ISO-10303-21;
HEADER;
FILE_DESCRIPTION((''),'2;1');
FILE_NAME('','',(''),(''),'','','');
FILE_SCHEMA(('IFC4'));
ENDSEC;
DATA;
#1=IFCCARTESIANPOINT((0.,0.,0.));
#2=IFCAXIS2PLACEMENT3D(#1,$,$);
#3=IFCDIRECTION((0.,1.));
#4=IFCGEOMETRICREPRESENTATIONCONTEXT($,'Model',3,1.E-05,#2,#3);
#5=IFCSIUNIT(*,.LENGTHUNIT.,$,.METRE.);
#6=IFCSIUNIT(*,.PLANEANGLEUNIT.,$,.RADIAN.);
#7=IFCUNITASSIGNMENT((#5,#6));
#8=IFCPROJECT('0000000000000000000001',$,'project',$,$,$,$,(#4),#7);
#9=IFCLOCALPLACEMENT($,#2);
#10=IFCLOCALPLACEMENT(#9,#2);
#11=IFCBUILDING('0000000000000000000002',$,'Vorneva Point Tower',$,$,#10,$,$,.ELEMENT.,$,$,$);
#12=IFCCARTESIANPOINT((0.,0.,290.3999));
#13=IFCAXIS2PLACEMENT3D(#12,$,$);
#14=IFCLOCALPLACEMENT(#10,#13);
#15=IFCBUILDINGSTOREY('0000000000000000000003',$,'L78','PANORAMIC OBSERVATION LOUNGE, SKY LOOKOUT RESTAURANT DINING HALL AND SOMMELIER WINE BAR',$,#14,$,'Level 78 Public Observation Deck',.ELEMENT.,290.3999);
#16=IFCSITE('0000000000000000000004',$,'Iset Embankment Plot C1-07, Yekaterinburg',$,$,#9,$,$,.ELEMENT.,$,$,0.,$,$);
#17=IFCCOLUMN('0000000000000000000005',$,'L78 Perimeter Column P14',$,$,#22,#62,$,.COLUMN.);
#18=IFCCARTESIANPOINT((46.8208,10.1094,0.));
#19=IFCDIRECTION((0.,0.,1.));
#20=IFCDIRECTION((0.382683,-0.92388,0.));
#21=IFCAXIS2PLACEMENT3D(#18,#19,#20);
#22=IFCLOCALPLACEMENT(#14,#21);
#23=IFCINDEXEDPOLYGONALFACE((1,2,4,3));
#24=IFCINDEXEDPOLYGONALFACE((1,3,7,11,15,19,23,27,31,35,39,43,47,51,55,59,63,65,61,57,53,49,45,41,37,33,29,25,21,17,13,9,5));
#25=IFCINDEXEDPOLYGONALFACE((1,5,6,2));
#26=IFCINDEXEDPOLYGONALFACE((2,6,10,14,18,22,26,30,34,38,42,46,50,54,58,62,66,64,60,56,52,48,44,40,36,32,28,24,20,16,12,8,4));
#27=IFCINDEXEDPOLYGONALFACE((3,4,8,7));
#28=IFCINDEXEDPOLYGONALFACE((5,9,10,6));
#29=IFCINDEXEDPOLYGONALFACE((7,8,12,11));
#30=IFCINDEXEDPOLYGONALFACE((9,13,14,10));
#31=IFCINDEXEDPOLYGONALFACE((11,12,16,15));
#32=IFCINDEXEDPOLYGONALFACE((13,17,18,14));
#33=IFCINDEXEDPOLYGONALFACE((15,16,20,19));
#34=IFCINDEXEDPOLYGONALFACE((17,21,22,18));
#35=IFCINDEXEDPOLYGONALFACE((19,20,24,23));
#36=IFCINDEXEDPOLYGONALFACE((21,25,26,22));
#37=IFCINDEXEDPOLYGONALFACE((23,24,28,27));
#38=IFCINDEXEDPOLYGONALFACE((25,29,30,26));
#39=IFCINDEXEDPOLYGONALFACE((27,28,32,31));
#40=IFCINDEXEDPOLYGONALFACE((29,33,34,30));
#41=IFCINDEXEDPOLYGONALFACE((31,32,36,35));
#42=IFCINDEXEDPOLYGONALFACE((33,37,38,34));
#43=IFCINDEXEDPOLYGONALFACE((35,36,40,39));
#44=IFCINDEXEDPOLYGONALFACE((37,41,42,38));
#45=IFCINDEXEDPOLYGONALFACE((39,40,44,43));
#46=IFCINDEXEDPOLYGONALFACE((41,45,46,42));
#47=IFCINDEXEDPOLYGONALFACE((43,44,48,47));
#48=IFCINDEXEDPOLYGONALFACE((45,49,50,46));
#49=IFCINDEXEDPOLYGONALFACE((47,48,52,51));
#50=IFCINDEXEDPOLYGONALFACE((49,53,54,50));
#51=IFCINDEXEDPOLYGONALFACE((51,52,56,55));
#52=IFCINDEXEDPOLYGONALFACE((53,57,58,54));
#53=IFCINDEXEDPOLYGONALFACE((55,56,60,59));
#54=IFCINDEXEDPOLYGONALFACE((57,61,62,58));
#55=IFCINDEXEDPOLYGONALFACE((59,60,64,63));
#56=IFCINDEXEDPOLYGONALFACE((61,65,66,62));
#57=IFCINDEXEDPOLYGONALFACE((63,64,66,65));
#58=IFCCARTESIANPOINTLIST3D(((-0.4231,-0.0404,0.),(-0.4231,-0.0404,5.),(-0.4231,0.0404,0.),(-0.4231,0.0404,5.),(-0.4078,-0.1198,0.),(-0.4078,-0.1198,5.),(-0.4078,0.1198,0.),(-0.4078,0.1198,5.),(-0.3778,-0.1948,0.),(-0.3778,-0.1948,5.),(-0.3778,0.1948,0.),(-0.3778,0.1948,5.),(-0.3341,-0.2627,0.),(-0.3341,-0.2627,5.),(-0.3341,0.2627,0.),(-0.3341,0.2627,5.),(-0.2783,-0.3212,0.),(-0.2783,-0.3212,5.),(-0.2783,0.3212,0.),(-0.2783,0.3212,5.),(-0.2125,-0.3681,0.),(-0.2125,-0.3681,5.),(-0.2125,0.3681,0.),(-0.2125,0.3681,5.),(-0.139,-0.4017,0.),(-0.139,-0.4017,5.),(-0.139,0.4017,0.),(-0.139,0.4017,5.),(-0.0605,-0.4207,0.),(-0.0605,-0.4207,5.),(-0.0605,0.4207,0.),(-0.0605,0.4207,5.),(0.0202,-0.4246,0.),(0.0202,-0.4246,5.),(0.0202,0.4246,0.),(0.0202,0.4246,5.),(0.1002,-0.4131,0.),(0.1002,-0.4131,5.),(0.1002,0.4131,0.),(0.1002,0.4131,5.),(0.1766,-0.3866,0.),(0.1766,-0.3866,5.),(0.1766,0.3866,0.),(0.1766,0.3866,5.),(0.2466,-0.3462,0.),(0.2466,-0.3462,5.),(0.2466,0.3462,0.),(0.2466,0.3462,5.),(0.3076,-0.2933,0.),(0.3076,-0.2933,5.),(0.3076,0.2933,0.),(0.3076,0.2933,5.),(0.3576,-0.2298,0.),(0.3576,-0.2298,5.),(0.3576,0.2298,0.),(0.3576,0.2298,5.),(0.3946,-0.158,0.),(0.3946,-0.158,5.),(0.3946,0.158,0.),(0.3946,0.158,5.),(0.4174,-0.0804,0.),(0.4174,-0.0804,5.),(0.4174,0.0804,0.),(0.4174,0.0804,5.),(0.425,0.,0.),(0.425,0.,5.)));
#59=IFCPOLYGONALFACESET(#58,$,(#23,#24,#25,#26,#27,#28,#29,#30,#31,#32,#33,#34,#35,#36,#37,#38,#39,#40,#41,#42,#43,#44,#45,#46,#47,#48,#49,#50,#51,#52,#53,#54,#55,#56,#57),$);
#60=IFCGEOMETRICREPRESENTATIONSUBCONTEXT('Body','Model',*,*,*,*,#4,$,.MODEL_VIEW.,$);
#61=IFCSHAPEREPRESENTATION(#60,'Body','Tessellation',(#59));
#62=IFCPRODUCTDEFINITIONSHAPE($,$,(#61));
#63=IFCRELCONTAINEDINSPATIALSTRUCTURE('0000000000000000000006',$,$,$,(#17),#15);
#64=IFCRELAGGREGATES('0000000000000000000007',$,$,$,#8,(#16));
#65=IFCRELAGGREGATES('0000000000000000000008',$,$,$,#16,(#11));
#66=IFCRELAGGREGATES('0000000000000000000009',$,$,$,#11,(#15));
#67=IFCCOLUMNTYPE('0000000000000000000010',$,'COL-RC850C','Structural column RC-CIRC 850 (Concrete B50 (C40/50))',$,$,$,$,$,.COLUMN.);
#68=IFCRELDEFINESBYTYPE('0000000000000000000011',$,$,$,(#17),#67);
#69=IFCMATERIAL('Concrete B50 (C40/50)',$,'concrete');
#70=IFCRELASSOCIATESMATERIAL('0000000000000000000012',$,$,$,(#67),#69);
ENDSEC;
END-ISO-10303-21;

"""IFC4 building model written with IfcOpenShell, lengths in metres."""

from ifc_helpers import new_model, si_unit, direction, frame, origin, origin_2d, place, context, subcontext, project, spatial, circle, extrude, material, material_profile, profile_set, type_object, element, save


model = new_model("IFC4")

# Units and contexts
model_context = context("Model", 3, precision=1e-05, world=origin(), true_north=direction((0.0, 1.0)))
body_context = subcontext(model_context, "Body", "Model", "MODEL_VIEW")
ifc_project = project(units=[si_unit("LENGTHUNIT", "METRE"), si_unit("PLANEANGLEUNIT", "RADIAN")], contexts=[model_context])

# Site, building, storey
site_placement = place(None, origin())
site = spatial("IfcSite", under=ifc_project, at=site_placement, Name="Iset Embankment Plot C1-07, Yekaterinburg", CompositionType="ELEMENT", RefElevation=0.0)
building_placement = place(site_placement, origin())
building = spatial("IfcBuilding", under=site, at=building_placement, Name="Vorneva Point Tower", CompositionType="ELEMENT")
storey_placement = place(building_placement, frame((0.0, 0.0, 290.3999)))
storey = spatial("IfcBuildingStorey", under=building, at=storey_placement, Name="L78", Description="PANORAMIC OBSERVATION LOUNGE, SKY LOOKOUT RESTAURANT DINING HALL AND SOMMELIER WINE BAR", LongName="Level 78 Public Observation Deck", CompositionType="ELEMENT", Elevation=290.3999)

# Column
ifc_material_1 = material(Name="Concrete B50 (C40/50)", Category="concrete")
ifc_material_profile_1 = material_profile(ifc_material_1, circle(Radius=0.425, at=origin_2d()), Name="RC-CIRC 850")
ifc_profile_set_1 = profile_set([ifc_material_profile_1], Name="Concrete B50 (C40/50)")
column_type = type_object("IfcColumnType", Name="COL-RC850C", Description="Structural column RC-CIRC 850 (Concrete B50 (C40/50))", PredefinedType="COLUMN", material=ifc_profile_set_1)
column_placement = place(storey_placement, frame((46.8208, 10.1094, 0.0), z_axis=(0.0, 0.0, 1.0), x_axis=(0.382683, -0.92388, 0.0)))
element("IfcColumn", 1, at=column_placement, inside=storey, type_object=column_type, Name="L78 Perimeter Column P14", PredefinedType="COLUMN", context=body_context, shape_type="SweptSolid", body=[
    extrude(circle(Radius=0.425, at=origin_2d()), origin(), (0.0, 0.0, 1.0), 5.0),
])

save(model, "model.ifc")
